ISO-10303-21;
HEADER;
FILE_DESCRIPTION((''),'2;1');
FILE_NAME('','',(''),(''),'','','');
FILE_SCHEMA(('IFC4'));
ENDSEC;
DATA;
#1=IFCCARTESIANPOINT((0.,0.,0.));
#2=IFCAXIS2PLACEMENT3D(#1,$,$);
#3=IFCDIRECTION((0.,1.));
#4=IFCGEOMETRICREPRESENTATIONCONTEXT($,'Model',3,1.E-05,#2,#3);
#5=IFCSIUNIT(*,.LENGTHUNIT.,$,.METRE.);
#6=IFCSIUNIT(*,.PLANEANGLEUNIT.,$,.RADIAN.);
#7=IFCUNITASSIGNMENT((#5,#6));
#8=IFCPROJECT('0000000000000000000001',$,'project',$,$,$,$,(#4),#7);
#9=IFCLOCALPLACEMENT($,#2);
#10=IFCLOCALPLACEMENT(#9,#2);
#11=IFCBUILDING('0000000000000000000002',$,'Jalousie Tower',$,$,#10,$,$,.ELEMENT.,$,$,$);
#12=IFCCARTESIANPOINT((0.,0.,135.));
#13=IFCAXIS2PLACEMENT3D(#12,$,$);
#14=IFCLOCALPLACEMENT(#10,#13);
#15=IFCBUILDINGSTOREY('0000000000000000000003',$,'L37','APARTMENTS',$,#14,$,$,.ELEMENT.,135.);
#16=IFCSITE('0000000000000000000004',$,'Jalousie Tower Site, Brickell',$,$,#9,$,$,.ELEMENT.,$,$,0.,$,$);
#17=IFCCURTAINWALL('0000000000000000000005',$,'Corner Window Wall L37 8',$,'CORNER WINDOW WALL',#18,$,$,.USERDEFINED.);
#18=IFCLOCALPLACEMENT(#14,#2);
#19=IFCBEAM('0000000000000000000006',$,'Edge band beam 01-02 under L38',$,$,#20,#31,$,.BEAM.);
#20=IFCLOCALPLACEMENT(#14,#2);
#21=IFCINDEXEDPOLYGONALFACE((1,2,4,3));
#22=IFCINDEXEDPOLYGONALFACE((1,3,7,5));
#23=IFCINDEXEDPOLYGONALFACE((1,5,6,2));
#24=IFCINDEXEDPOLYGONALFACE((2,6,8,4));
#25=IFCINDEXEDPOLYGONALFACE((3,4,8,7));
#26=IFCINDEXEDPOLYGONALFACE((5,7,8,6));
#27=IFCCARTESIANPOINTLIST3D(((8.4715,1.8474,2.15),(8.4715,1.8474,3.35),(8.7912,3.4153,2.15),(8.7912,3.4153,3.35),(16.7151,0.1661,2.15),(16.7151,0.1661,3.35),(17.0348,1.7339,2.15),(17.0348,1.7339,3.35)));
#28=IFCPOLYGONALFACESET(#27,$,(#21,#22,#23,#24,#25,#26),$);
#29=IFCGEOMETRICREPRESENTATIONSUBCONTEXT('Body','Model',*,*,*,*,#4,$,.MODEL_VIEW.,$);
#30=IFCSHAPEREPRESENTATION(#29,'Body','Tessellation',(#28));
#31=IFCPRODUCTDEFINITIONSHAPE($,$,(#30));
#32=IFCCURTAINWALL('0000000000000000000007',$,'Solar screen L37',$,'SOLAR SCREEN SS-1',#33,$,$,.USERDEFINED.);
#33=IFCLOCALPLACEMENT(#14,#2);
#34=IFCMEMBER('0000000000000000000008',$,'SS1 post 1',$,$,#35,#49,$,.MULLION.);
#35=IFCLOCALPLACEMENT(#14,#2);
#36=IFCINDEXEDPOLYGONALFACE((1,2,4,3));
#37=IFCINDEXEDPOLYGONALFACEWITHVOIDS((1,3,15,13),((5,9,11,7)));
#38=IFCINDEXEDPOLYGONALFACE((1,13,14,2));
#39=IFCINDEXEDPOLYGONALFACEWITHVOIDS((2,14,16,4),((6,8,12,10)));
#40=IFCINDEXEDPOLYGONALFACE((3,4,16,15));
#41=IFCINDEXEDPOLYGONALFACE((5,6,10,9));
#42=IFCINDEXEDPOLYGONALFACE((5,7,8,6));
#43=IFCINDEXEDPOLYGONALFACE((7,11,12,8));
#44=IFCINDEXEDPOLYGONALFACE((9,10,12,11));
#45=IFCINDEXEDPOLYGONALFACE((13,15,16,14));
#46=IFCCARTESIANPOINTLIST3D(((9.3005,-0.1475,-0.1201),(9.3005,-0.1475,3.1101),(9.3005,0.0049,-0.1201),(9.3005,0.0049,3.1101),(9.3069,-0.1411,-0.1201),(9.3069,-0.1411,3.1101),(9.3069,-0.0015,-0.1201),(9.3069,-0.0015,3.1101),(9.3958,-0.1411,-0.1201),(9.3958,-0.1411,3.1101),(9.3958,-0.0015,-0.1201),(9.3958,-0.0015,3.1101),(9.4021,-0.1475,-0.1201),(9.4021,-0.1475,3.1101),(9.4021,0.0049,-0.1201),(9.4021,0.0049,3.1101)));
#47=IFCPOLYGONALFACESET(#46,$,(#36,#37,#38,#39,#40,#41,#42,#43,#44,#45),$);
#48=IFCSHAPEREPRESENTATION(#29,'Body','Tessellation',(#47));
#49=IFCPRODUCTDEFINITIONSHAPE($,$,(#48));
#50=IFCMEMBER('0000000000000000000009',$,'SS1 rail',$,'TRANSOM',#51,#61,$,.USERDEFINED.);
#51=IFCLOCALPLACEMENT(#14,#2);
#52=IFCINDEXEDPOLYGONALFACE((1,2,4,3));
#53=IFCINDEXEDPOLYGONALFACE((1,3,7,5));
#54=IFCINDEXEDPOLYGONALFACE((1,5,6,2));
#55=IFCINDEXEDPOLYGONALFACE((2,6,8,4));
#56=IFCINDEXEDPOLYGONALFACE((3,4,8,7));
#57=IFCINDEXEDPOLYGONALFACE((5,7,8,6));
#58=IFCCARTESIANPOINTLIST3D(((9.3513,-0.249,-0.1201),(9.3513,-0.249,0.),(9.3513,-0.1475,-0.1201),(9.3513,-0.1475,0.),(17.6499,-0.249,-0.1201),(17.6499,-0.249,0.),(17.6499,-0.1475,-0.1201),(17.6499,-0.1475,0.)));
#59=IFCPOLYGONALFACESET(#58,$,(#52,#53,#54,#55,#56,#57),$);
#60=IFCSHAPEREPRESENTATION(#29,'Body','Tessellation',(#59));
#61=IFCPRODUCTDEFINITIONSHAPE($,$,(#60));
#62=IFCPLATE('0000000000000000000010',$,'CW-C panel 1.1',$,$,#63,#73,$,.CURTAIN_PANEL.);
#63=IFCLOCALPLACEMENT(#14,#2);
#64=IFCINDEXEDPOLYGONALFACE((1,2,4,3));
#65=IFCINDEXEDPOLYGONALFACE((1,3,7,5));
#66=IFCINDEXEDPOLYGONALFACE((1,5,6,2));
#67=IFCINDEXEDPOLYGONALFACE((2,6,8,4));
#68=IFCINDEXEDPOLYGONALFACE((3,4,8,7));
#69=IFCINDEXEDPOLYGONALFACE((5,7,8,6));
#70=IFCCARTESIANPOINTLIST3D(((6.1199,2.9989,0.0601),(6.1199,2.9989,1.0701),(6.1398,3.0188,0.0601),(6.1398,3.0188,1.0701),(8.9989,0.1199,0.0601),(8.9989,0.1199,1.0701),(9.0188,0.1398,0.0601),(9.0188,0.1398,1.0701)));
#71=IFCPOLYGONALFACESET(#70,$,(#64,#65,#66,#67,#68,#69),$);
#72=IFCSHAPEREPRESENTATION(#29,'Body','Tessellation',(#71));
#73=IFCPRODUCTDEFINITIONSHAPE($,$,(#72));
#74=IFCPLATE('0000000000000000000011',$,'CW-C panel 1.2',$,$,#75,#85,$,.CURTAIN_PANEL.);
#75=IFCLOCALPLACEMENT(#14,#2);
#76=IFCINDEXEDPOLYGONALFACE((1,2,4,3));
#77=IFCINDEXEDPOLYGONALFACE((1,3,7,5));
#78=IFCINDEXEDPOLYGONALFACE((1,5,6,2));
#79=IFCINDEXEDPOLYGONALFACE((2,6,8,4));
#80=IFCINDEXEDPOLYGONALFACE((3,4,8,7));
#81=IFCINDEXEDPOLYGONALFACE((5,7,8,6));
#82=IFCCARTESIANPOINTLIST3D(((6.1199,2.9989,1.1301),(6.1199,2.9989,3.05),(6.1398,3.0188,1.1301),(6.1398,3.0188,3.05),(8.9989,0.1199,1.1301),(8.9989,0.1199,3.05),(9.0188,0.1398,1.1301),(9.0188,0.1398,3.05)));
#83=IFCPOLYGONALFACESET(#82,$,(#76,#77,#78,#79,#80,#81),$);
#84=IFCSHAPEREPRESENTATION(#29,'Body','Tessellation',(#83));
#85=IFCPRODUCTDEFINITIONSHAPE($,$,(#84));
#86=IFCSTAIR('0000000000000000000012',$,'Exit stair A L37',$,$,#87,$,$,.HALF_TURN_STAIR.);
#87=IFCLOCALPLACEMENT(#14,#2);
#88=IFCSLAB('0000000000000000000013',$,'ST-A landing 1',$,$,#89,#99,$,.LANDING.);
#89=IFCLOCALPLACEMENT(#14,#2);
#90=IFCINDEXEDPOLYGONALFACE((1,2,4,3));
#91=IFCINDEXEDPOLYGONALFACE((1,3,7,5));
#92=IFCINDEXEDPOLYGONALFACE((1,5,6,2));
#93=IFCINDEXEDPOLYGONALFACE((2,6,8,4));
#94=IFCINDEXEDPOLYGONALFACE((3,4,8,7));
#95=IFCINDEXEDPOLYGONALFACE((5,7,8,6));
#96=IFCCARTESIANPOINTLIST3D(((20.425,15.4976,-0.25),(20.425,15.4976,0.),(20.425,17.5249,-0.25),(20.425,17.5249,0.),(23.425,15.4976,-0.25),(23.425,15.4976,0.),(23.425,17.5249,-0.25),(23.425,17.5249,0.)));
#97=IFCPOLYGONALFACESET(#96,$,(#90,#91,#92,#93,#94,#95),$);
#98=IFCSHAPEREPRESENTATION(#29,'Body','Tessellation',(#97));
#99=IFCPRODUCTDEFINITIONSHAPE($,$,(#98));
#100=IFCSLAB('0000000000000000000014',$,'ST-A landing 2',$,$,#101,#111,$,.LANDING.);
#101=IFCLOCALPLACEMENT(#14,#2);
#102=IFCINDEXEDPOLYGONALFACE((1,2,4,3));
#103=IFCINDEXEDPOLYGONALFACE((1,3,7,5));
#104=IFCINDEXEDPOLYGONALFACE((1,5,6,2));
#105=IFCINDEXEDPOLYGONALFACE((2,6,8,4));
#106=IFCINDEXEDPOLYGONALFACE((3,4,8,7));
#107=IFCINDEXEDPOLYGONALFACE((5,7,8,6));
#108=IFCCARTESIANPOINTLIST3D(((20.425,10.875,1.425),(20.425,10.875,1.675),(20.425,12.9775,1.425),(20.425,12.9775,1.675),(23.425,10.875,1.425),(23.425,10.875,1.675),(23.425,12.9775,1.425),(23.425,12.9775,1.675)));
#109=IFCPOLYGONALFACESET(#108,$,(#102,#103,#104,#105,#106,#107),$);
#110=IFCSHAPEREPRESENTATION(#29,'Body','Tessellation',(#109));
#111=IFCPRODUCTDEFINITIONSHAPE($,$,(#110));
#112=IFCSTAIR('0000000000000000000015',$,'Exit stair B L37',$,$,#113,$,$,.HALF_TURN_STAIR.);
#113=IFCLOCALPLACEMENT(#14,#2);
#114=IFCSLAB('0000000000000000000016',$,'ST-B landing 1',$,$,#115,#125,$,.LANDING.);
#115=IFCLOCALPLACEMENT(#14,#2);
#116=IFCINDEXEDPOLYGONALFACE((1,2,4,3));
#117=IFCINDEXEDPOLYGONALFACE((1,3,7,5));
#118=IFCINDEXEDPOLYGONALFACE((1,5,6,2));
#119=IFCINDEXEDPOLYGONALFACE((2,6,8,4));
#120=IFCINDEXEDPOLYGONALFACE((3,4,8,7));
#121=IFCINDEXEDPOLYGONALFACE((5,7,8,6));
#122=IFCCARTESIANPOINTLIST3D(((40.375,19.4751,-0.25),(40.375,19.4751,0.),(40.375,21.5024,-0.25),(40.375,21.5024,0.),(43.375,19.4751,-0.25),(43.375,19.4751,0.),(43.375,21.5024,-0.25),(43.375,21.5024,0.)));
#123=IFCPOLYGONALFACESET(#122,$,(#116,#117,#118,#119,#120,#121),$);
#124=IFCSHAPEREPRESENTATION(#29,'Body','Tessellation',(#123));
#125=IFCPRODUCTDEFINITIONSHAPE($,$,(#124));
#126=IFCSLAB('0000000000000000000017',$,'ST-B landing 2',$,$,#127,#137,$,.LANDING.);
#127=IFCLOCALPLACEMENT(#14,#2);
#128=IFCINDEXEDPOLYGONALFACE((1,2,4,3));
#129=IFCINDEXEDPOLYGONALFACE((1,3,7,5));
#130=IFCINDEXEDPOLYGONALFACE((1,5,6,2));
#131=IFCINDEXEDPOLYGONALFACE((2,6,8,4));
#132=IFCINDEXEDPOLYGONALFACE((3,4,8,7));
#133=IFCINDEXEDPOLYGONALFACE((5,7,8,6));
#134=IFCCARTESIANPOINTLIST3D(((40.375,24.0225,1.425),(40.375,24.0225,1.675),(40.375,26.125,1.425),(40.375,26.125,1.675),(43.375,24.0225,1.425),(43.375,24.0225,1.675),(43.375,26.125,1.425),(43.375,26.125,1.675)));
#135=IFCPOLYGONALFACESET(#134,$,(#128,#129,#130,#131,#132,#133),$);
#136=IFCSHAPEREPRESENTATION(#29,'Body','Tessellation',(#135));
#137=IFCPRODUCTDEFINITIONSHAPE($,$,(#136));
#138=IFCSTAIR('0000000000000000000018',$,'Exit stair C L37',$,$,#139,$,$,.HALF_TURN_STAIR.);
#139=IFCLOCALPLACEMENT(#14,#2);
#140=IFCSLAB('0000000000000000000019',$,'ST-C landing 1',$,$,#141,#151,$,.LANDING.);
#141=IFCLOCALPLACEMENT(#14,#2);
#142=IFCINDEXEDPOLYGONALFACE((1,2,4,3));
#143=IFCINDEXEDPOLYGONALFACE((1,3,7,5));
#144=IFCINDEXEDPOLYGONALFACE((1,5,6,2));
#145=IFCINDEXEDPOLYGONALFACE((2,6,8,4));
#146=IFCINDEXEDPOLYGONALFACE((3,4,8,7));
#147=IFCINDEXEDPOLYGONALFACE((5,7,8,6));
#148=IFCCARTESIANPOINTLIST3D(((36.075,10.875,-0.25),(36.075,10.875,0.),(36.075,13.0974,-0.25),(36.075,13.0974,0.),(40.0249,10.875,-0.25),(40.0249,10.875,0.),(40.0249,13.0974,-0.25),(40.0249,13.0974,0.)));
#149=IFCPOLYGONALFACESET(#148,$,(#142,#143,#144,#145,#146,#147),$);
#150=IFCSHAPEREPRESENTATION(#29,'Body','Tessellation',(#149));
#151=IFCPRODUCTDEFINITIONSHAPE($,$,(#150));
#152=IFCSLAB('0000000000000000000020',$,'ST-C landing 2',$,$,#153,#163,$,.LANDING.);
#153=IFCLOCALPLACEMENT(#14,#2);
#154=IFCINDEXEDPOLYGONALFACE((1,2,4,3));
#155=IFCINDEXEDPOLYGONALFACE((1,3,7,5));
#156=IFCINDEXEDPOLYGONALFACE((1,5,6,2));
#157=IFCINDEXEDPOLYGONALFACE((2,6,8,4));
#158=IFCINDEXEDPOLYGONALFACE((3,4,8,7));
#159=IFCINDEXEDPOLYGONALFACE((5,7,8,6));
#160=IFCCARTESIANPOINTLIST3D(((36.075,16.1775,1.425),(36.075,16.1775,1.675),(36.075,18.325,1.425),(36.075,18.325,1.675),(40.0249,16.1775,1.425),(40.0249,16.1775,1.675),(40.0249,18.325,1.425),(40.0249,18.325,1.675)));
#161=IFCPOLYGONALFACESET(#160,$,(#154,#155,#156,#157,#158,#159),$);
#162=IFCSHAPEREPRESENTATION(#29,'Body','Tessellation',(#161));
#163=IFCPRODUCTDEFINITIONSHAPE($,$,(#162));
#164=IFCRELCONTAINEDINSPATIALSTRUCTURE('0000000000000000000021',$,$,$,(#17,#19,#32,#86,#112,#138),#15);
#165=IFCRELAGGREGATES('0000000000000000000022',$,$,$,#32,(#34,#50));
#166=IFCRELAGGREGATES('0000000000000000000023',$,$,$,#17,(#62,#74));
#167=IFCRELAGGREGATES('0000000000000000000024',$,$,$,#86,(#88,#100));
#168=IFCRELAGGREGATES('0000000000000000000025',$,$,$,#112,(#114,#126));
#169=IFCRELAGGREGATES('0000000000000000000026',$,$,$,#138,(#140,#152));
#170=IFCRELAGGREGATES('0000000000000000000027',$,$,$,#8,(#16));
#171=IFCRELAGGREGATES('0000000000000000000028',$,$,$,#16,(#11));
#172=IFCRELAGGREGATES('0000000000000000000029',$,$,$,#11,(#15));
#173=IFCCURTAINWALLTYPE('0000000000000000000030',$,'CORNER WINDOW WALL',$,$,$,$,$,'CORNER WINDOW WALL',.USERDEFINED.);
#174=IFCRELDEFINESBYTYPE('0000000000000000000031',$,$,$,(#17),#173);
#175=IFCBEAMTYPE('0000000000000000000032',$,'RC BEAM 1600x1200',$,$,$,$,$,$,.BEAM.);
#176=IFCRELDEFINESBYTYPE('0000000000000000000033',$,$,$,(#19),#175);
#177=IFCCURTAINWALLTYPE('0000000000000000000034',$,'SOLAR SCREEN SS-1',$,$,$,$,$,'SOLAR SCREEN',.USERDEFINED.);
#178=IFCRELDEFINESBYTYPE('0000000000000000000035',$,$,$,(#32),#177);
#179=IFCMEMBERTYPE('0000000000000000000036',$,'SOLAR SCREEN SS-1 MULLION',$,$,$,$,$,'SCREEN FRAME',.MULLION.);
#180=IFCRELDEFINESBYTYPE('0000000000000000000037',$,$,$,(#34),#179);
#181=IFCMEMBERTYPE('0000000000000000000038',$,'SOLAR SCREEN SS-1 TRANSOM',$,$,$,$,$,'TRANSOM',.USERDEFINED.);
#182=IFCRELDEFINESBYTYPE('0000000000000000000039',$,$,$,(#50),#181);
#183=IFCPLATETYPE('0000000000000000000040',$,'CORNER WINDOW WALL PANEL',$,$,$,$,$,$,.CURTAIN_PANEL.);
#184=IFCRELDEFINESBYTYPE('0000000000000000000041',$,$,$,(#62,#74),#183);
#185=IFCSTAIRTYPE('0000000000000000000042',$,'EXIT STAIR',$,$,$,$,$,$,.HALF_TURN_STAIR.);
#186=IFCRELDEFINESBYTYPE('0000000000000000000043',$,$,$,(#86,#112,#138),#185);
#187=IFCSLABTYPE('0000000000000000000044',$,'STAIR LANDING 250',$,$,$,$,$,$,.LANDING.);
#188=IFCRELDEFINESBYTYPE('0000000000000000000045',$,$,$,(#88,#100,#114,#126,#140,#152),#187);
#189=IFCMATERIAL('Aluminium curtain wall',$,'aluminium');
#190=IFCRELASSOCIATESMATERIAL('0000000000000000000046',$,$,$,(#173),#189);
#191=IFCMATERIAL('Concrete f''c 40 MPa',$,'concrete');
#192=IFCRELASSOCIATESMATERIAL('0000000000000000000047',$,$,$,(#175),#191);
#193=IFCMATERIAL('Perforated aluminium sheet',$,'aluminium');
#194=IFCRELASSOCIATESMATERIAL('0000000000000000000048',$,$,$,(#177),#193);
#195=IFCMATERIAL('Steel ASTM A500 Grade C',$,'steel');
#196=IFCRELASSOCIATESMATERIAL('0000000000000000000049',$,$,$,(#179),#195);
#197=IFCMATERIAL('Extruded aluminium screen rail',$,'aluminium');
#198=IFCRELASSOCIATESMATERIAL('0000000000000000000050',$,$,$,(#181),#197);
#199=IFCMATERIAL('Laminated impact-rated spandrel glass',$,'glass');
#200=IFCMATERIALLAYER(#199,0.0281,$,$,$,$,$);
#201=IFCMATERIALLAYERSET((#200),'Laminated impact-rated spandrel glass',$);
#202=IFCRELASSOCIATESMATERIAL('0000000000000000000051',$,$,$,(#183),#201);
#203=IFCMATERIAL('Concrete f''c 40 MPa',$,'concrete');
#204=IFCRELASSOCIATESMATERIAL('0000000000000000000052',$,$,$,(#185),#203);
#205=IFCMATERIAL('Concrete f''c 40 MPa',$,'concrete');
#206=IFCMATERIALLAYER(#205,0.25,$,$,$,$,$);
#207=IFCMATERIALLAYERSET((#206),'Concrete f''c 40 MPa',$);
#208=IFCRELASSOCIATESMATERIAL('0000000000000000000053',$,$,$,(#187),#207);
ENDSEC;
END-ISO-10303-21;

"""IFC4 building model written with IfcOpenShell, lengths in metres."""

from ifc_helpers import new_model, si_unit, direction, frame, origin, origin_2d, place, context, subcontext, project, spatial, polyline, rectangle, hollow_rectangle, outline, extrude, material, layer, layer_set, material_profile, profile_set, type_object, element, aggregate, save


model = new_model("IFC4")

# Units and contexts
model_context = context("Model", 3, precision=1e-05, world=origin(), true_north=direction((0.0, 1.0)))
body_context = subcontext(model_context, "Body", "Model", "MODEL_VIEW")
ifc_project = project(units=[si_unit("LENGTHUNIT", "METRE"), si_unit("PLANEANGLEUNIT", "RADIAN")], contexts=[model_context])

# Site, building, storey
site_placement = place(None, origin())
site = spatial("IfcSite", under=ifc_project, at=site_placement, Name="Jalousie Tower Site, Brickell", CompositionType="ELEMENT", RefElevation=0.0)
building_placement = place(site_placement, origin())
building = spatial("IfcBuilding", under=site, at=building_placement, Name="Jalousie Tower", CompositionType="ELEMENT")
storey_placement = place(building_placement, frame((0.0, 0.0, 135.0)))
storey = spatial("IfcBuildingStorey", under=building, at=storey_placement, Name="L37", Description="APARTMENTS", CompositionType="ELEMENT", Elevation=135.0)

# Curtain wall
ifc_material_1 = material(Name="Aluminium curtain wall", Category="aluminium")
curtain_wall_type_1 = type_object("IfcCurtainWallType", Name="CORNER WINDOW WALL", ElementType="CORNER WINDOW WALL", PredefinedType="USERDEFINED", material=ifc_material_1)
curtain_wall_1_placement = place(storey_placement, origin())
curtain_wall_1 = element("IfcCurtainWall", 1, at=curtain_wall_1_placement, inside=storey, type_object=curtain_wall_type_1, Name="Corner Window Wall L37 8", ObjectType="CORNER WINDOW WALL", PredefinedType="USERDEFINED")

# Beam
ifc_material_2 = material(Name="Concrete f'c 40 MPa", Category="concrete")
ifc_material_profile_1 = material_profile(ifc_material_2, rectangle(XDim=1.6001, YDim=1.2, at=origin_2d()), Name="RC 1600x1200")
ifc_profile_set_1 = profile_set([ifc_material_profile_1], Name="Concrete f'c 40 MPa")
beam_type_1 = type_object("IfcBeamType", Name="RC BEAM 1600x1200", PredefinedType="BEAM", material=ifc_profile_set_1)
beam_1_placement = place(storey_placement, frame((8.6313, 2.6313, 2.75), z_axis=(0.979827, -0.199848, 0.0), x_axis=(0.199848, 0.979827, 0.0)))
element("IfcBeam", 2, at=beam_1_placement, inside=storey, type_object=beam_type_1, Name="Edge band beam 01-02 under L38", PredefinedType="BEAM", context=body_context, shape_type="SweptSolid", body=[
    extrude(rectangle(XDim=1.6001, YDim=1.2, at=origin_2d()), origin(), (0.0, 0.0, 1.0), 8.4133),
])

# Curtain wall, members
ifc_material_3 = material(Name="Perforated aluminium sheet", Category="aluminium")
curtain_wall_type_2 = type_object("IfcCurtainWallType", Name="SOLAR SCREEN SS-1", ElementType="SOLAR SCREEN", PredefinedType="USERDEFINED", material=ifc_material_3)
curtain_wall_2_placement = place(storey_placement, origin())
curtain_wall_2 = element("IfcCurtainWall", 3, at=curtain_wall_2_placement, inside=storey, type_object=curtain_wall_type_2, Name="Solar screen L37", ObjectType="SOLAR SCREEN SS-1", PredefinedType="USERDEFINED")
ifc_material_4 = material(Name="Steel ASTM A500 Grade C", Category="steel")
ifc_material_profile_2 = material_profile(ifc_material_4, hollow_rectangle(XDim=0.1016, YDim=0.1523, WallThickness=0.0063, at=origin_2d()), Name="HSS6X4X1/4")
ifc_profile_set_2 = profile_set([ifc_material_profile_2], Name="Steel ASTM A500 Grade C")
member_type_1 = type_object("IfcMemberType", Name="SOLAR SCREEN SS-1 MULLION", ElementType="SCREEN FRAME", PredefinedType="MULLION", material=ifc_profile_set_2)
member_1_placement = place(storey_placement, frame((9.3513, -0.0713, -0.1201), z_axis=(0.0, 0.0, 1.0), x_axis=(1.0, 0.0, 0.0)))
member_1 = element("IfcMember", 4, at=member_1_placement, type_object=member_type_1, Name="SS1 post 1", PredefinedType="MULLION", context=body_context, shape_type="SweptSolid", body=[
    extrude(hollow_rectangle(XDim=0.1016, YDim=0.1523, WallThickness=0.0063, at=origin_2d()), origin(), (0.0, 0.0, 1.0), 3.2302),
])
ifc_material_5 = material(Name="Extruded aluminium screen rail", Category="aluminium")
ifc_material_profile_3 = material_profile(ifc_material_5, rectangle(XDim=0.1016, YDim=0.1201, at=origin_2d()), Name="RAIL 102x120")
ifc_profile_set_3 = profile_set([ifc_material_profile_3], Name="Extruded aluminium screen rail")
member_type_2 = type_object("IfcMemberType", Name="SOLAR SCREEN SS-1 TRANSOM", ElementType="TRANSOM", PredefinedType="USERDEFINED", material=ifc_profile_set_3)
member_2_placement = place(storey_placement, frame((9.3513, -0.1982, -0.0601), z_axis=(1.0, 0.0, 0.0), x_axis=(0.0, 1.0, 0.0)))
member_2 = element("IfcMember", 5, at=member_2_placement, type_object=member_type_2, Name="SS1 rail", ObjectType="TRANSOM", PredefinedType="USERDEFINED", context=body_context, shape_type="SweptSolid", body=[
    extrude(rectangle(XDim=0.1016, YDim=0.1201, at=origin_2d()), origin(), (0.0, 0.0, 1.0), 8.2986),
])
aggregate(curtain_wall_2, [member_1, member_2])

# Plates
ifc_material_6 = material(Name="Laminated impact-rated spandrel glass", Category="glass")
ifc_layer_1 = layer(ifc_material_6, 0.0281)
ifc_layer_set_1 = layer_set([ifc_layer_1], Name="Laminated impact-rated spandrel glass")
plate_type = type_object("IfcPlateType", Name="CORNER WINDOW WALL PANEL", PredefinedType="CURTAIN_PANEL", material=ifc_layer_set_1)
plate_1_placement = place(storey_placement, frame((7.5693, 1.5693, 0.0601), z_axis=(0.0, 0.0, 1.0), x_axis=(0.707107, -0.707107, 0.0)))
plate_1 = element("IfcPlate", 6, at=plate_1_placement, type_object=plate_type, Name="CW-C panel 1.1", PredefinedType="CURTAIN_PANEL", context=body_context, shape_type="SweptSolid", body=[
    extrude(rectangle(XDim=4.0715, YDim=0.0281, at=origin_2d()), origin(), (0.0, 0.0, 1.0), 1.01),
])
plate_2_placement = place(storey_placement, frame((7.5693, 1.5693, 1.1301), z_axis=(0.0, 0.0, 1.0), x_axis=(0.707107, -0.707107, 0.0)))
plate_2 = element("IfcPlate", 7, at=plate_2_placement, type_object=plate_type, Name="CW-C panel 1.2", PredefinedType="CURTAIN_PANEL", context=body_context, shape_type="SweptSolid", body=[
    extrude(rectangle(XDim=4.0715, YDim=0.0281, at=origin_2d()), origin(), (0.0, 0.0, 1.0), 1.9199),
])
aggregate(curtain_wall_1, [plate_1, plate_2])

# Stairs, slabs
ifc_material_7 = material(Name="Concrete f'c 40 MPa", Category="concrete")
stair_type = type_object("IfcStairType", Name="EXIT STAIR", PredefinedType="HALF_TURN_STAIR", material=ifc_material_7)
stair_1_placement = place(storey_placement, origin())
stair_1 = element("IfcStair", 8, at=stair_1_placement, inside=storey, type_object=stair_type, Name="Exit stair A L37", PredefinedType="HALF_TURN_STAIR")
ifc_material_8 = material(Name="Concrete f'c 40 MPa", Category="concrete")
ifc_layer_2 = layer(ifc_material_8, 0.25)
ifc_layer_set_2 = layer_set([ifc_layer_2], Name="Concrete f'c 40 MPa")
slab_type_1 = type_object("IfcSlabType", Name="STAIR LANDING 250", PredefinedType="LANDING", material=ifc_layer_set_2)
slab_1_placement = place(storey_placement, frame((0.0, 0.0, -0.25)))
slab_1 = element("IfcSlab", 9, at=slab_1_placement, type_object=slab_type_1, Name="ST-A landing 1", PredefinedType="LANDING", context=body_context, shape_type="SweptSolid", body=[
    extrude(outline(polyline([(20.425, 15.4976), (23.425, 15.4976), (23.425, 17.5249), (20.425, 17.5249), (20.425, 15.4976)])), origin(), (0.0, 0.0, 1.0), 0.25),
])
slab_2_placement = place(storey_placement, frame((0.0, 0.0, 1.425)))
slab_2 = element("IfcSlab", 10, at=slab_2_placement, type_object=slab_type_1, Name="ST-A landing 2", PredefinedType="LANDING", context=body_context, shape_type="SweptSolid", body=[
    extrude(outline(polyline([(20.425, 10.875), (23.425, 10.875), (23.425, 12.9775), (20.425, 12.9775), (20.425, 10.875)])), origin(), (0.0, 0.0, 1.0), 0.25),
])
aggregate(stair_1, [slab_1, slab_2])
stair_2_placement = place(storey_placement, origin())
stair_2 = element("IfcStair", 11, at=stair_2_placement, inside=storey, type_object=stair_type, Name="Exit stair B L37", PredefinedType="HALF_TURN_STAIR")
slab_3_placement = place(storey_placement, frame((0.0, 0.0, -0.25)))
slab_3 = element("IfcSlab", 12, at=slab_3_placement, type_object=slab_type_1, Name="ST-B landing 1", PredefinedType="LANDING", context=body_context, shape_type="SweptSolid", body=[
    extrude(outline(polyline([(40.375, 19.4751), (43.375, 19.4751), (43.375, 21.5024), (40.375, 21.5024), (40.375, 19.4751)])), origin(), (0.0, 0.0, 1.0), 0.25),
])
slab_4_placement = place(storey_placement, frame((0.0, 0.0, 1.425)))
slab_4 = element("IfcSlab", 13, at=slab_4_placement, type_object=slab_type_1, Name="ST-B landing 2", PredefinedType="LANDING", context=body_context, shape_type="SweptSolid", body=[
    extrude(outline(polyline([(40.375, 24.0225), (43.375, 24.0225), (43.375, 26.125), (40.375, 26.125), (40.375, 24.0225)])), origin(), (0.0, 0.0, 1.0), 0.25),
])
aggregate(stair_2, [slab_3, slab_4])
stair_3_placement = place(storey_placement, origin())
stair_3 = element("IfcStair", 14, at=stair_3_placement, inside=storey, type_object=stair_type, Name="Exit stair C L37", PredefinedType="HALF_TURN_STAIR")
slab_5_placement = place(storey_placement, frame((0.0, 0.0, -0.25)))
slab_5 = element("IfcSlab", 15, at=slab_5_placement, type_object=slab_type_1, Name="ST-C landing 1", PredefinedType="LANDING", context=body_context, shape_type="SweptSolid", body=[
    extrude(outline(polyline([(36.075, 10.875), (40.0249, 10.875), (40.0249, 13.0974), (36.075, 13.0974), (36.075, 10.875)])), origin(), (0.0, 0.0, 1.0), 0.25),
])
slab_6_placement = place(storey_placement, frame((0.0, 0.0, 1.425)))
slab_6 = element("IfcSlab", 16, at=slab_6_placement, type_object=slab_type_1, Name="ST-C landing 2", PredefinedType="LANDING", context=body_context, shape_type="SweptSolid", body=[
    extrude(outline(polyline([(36.075, 16.1775), (40.0249, 16.1775), (40.0249, 18.325), (36.075, 18.325), (36.075, 16.1775)])), origin(), (0.0, 0.0, 1.0), 0.25),
])
aggregate(stair_3, [slab_5, slab_6])

save(model, "model.ifc")
